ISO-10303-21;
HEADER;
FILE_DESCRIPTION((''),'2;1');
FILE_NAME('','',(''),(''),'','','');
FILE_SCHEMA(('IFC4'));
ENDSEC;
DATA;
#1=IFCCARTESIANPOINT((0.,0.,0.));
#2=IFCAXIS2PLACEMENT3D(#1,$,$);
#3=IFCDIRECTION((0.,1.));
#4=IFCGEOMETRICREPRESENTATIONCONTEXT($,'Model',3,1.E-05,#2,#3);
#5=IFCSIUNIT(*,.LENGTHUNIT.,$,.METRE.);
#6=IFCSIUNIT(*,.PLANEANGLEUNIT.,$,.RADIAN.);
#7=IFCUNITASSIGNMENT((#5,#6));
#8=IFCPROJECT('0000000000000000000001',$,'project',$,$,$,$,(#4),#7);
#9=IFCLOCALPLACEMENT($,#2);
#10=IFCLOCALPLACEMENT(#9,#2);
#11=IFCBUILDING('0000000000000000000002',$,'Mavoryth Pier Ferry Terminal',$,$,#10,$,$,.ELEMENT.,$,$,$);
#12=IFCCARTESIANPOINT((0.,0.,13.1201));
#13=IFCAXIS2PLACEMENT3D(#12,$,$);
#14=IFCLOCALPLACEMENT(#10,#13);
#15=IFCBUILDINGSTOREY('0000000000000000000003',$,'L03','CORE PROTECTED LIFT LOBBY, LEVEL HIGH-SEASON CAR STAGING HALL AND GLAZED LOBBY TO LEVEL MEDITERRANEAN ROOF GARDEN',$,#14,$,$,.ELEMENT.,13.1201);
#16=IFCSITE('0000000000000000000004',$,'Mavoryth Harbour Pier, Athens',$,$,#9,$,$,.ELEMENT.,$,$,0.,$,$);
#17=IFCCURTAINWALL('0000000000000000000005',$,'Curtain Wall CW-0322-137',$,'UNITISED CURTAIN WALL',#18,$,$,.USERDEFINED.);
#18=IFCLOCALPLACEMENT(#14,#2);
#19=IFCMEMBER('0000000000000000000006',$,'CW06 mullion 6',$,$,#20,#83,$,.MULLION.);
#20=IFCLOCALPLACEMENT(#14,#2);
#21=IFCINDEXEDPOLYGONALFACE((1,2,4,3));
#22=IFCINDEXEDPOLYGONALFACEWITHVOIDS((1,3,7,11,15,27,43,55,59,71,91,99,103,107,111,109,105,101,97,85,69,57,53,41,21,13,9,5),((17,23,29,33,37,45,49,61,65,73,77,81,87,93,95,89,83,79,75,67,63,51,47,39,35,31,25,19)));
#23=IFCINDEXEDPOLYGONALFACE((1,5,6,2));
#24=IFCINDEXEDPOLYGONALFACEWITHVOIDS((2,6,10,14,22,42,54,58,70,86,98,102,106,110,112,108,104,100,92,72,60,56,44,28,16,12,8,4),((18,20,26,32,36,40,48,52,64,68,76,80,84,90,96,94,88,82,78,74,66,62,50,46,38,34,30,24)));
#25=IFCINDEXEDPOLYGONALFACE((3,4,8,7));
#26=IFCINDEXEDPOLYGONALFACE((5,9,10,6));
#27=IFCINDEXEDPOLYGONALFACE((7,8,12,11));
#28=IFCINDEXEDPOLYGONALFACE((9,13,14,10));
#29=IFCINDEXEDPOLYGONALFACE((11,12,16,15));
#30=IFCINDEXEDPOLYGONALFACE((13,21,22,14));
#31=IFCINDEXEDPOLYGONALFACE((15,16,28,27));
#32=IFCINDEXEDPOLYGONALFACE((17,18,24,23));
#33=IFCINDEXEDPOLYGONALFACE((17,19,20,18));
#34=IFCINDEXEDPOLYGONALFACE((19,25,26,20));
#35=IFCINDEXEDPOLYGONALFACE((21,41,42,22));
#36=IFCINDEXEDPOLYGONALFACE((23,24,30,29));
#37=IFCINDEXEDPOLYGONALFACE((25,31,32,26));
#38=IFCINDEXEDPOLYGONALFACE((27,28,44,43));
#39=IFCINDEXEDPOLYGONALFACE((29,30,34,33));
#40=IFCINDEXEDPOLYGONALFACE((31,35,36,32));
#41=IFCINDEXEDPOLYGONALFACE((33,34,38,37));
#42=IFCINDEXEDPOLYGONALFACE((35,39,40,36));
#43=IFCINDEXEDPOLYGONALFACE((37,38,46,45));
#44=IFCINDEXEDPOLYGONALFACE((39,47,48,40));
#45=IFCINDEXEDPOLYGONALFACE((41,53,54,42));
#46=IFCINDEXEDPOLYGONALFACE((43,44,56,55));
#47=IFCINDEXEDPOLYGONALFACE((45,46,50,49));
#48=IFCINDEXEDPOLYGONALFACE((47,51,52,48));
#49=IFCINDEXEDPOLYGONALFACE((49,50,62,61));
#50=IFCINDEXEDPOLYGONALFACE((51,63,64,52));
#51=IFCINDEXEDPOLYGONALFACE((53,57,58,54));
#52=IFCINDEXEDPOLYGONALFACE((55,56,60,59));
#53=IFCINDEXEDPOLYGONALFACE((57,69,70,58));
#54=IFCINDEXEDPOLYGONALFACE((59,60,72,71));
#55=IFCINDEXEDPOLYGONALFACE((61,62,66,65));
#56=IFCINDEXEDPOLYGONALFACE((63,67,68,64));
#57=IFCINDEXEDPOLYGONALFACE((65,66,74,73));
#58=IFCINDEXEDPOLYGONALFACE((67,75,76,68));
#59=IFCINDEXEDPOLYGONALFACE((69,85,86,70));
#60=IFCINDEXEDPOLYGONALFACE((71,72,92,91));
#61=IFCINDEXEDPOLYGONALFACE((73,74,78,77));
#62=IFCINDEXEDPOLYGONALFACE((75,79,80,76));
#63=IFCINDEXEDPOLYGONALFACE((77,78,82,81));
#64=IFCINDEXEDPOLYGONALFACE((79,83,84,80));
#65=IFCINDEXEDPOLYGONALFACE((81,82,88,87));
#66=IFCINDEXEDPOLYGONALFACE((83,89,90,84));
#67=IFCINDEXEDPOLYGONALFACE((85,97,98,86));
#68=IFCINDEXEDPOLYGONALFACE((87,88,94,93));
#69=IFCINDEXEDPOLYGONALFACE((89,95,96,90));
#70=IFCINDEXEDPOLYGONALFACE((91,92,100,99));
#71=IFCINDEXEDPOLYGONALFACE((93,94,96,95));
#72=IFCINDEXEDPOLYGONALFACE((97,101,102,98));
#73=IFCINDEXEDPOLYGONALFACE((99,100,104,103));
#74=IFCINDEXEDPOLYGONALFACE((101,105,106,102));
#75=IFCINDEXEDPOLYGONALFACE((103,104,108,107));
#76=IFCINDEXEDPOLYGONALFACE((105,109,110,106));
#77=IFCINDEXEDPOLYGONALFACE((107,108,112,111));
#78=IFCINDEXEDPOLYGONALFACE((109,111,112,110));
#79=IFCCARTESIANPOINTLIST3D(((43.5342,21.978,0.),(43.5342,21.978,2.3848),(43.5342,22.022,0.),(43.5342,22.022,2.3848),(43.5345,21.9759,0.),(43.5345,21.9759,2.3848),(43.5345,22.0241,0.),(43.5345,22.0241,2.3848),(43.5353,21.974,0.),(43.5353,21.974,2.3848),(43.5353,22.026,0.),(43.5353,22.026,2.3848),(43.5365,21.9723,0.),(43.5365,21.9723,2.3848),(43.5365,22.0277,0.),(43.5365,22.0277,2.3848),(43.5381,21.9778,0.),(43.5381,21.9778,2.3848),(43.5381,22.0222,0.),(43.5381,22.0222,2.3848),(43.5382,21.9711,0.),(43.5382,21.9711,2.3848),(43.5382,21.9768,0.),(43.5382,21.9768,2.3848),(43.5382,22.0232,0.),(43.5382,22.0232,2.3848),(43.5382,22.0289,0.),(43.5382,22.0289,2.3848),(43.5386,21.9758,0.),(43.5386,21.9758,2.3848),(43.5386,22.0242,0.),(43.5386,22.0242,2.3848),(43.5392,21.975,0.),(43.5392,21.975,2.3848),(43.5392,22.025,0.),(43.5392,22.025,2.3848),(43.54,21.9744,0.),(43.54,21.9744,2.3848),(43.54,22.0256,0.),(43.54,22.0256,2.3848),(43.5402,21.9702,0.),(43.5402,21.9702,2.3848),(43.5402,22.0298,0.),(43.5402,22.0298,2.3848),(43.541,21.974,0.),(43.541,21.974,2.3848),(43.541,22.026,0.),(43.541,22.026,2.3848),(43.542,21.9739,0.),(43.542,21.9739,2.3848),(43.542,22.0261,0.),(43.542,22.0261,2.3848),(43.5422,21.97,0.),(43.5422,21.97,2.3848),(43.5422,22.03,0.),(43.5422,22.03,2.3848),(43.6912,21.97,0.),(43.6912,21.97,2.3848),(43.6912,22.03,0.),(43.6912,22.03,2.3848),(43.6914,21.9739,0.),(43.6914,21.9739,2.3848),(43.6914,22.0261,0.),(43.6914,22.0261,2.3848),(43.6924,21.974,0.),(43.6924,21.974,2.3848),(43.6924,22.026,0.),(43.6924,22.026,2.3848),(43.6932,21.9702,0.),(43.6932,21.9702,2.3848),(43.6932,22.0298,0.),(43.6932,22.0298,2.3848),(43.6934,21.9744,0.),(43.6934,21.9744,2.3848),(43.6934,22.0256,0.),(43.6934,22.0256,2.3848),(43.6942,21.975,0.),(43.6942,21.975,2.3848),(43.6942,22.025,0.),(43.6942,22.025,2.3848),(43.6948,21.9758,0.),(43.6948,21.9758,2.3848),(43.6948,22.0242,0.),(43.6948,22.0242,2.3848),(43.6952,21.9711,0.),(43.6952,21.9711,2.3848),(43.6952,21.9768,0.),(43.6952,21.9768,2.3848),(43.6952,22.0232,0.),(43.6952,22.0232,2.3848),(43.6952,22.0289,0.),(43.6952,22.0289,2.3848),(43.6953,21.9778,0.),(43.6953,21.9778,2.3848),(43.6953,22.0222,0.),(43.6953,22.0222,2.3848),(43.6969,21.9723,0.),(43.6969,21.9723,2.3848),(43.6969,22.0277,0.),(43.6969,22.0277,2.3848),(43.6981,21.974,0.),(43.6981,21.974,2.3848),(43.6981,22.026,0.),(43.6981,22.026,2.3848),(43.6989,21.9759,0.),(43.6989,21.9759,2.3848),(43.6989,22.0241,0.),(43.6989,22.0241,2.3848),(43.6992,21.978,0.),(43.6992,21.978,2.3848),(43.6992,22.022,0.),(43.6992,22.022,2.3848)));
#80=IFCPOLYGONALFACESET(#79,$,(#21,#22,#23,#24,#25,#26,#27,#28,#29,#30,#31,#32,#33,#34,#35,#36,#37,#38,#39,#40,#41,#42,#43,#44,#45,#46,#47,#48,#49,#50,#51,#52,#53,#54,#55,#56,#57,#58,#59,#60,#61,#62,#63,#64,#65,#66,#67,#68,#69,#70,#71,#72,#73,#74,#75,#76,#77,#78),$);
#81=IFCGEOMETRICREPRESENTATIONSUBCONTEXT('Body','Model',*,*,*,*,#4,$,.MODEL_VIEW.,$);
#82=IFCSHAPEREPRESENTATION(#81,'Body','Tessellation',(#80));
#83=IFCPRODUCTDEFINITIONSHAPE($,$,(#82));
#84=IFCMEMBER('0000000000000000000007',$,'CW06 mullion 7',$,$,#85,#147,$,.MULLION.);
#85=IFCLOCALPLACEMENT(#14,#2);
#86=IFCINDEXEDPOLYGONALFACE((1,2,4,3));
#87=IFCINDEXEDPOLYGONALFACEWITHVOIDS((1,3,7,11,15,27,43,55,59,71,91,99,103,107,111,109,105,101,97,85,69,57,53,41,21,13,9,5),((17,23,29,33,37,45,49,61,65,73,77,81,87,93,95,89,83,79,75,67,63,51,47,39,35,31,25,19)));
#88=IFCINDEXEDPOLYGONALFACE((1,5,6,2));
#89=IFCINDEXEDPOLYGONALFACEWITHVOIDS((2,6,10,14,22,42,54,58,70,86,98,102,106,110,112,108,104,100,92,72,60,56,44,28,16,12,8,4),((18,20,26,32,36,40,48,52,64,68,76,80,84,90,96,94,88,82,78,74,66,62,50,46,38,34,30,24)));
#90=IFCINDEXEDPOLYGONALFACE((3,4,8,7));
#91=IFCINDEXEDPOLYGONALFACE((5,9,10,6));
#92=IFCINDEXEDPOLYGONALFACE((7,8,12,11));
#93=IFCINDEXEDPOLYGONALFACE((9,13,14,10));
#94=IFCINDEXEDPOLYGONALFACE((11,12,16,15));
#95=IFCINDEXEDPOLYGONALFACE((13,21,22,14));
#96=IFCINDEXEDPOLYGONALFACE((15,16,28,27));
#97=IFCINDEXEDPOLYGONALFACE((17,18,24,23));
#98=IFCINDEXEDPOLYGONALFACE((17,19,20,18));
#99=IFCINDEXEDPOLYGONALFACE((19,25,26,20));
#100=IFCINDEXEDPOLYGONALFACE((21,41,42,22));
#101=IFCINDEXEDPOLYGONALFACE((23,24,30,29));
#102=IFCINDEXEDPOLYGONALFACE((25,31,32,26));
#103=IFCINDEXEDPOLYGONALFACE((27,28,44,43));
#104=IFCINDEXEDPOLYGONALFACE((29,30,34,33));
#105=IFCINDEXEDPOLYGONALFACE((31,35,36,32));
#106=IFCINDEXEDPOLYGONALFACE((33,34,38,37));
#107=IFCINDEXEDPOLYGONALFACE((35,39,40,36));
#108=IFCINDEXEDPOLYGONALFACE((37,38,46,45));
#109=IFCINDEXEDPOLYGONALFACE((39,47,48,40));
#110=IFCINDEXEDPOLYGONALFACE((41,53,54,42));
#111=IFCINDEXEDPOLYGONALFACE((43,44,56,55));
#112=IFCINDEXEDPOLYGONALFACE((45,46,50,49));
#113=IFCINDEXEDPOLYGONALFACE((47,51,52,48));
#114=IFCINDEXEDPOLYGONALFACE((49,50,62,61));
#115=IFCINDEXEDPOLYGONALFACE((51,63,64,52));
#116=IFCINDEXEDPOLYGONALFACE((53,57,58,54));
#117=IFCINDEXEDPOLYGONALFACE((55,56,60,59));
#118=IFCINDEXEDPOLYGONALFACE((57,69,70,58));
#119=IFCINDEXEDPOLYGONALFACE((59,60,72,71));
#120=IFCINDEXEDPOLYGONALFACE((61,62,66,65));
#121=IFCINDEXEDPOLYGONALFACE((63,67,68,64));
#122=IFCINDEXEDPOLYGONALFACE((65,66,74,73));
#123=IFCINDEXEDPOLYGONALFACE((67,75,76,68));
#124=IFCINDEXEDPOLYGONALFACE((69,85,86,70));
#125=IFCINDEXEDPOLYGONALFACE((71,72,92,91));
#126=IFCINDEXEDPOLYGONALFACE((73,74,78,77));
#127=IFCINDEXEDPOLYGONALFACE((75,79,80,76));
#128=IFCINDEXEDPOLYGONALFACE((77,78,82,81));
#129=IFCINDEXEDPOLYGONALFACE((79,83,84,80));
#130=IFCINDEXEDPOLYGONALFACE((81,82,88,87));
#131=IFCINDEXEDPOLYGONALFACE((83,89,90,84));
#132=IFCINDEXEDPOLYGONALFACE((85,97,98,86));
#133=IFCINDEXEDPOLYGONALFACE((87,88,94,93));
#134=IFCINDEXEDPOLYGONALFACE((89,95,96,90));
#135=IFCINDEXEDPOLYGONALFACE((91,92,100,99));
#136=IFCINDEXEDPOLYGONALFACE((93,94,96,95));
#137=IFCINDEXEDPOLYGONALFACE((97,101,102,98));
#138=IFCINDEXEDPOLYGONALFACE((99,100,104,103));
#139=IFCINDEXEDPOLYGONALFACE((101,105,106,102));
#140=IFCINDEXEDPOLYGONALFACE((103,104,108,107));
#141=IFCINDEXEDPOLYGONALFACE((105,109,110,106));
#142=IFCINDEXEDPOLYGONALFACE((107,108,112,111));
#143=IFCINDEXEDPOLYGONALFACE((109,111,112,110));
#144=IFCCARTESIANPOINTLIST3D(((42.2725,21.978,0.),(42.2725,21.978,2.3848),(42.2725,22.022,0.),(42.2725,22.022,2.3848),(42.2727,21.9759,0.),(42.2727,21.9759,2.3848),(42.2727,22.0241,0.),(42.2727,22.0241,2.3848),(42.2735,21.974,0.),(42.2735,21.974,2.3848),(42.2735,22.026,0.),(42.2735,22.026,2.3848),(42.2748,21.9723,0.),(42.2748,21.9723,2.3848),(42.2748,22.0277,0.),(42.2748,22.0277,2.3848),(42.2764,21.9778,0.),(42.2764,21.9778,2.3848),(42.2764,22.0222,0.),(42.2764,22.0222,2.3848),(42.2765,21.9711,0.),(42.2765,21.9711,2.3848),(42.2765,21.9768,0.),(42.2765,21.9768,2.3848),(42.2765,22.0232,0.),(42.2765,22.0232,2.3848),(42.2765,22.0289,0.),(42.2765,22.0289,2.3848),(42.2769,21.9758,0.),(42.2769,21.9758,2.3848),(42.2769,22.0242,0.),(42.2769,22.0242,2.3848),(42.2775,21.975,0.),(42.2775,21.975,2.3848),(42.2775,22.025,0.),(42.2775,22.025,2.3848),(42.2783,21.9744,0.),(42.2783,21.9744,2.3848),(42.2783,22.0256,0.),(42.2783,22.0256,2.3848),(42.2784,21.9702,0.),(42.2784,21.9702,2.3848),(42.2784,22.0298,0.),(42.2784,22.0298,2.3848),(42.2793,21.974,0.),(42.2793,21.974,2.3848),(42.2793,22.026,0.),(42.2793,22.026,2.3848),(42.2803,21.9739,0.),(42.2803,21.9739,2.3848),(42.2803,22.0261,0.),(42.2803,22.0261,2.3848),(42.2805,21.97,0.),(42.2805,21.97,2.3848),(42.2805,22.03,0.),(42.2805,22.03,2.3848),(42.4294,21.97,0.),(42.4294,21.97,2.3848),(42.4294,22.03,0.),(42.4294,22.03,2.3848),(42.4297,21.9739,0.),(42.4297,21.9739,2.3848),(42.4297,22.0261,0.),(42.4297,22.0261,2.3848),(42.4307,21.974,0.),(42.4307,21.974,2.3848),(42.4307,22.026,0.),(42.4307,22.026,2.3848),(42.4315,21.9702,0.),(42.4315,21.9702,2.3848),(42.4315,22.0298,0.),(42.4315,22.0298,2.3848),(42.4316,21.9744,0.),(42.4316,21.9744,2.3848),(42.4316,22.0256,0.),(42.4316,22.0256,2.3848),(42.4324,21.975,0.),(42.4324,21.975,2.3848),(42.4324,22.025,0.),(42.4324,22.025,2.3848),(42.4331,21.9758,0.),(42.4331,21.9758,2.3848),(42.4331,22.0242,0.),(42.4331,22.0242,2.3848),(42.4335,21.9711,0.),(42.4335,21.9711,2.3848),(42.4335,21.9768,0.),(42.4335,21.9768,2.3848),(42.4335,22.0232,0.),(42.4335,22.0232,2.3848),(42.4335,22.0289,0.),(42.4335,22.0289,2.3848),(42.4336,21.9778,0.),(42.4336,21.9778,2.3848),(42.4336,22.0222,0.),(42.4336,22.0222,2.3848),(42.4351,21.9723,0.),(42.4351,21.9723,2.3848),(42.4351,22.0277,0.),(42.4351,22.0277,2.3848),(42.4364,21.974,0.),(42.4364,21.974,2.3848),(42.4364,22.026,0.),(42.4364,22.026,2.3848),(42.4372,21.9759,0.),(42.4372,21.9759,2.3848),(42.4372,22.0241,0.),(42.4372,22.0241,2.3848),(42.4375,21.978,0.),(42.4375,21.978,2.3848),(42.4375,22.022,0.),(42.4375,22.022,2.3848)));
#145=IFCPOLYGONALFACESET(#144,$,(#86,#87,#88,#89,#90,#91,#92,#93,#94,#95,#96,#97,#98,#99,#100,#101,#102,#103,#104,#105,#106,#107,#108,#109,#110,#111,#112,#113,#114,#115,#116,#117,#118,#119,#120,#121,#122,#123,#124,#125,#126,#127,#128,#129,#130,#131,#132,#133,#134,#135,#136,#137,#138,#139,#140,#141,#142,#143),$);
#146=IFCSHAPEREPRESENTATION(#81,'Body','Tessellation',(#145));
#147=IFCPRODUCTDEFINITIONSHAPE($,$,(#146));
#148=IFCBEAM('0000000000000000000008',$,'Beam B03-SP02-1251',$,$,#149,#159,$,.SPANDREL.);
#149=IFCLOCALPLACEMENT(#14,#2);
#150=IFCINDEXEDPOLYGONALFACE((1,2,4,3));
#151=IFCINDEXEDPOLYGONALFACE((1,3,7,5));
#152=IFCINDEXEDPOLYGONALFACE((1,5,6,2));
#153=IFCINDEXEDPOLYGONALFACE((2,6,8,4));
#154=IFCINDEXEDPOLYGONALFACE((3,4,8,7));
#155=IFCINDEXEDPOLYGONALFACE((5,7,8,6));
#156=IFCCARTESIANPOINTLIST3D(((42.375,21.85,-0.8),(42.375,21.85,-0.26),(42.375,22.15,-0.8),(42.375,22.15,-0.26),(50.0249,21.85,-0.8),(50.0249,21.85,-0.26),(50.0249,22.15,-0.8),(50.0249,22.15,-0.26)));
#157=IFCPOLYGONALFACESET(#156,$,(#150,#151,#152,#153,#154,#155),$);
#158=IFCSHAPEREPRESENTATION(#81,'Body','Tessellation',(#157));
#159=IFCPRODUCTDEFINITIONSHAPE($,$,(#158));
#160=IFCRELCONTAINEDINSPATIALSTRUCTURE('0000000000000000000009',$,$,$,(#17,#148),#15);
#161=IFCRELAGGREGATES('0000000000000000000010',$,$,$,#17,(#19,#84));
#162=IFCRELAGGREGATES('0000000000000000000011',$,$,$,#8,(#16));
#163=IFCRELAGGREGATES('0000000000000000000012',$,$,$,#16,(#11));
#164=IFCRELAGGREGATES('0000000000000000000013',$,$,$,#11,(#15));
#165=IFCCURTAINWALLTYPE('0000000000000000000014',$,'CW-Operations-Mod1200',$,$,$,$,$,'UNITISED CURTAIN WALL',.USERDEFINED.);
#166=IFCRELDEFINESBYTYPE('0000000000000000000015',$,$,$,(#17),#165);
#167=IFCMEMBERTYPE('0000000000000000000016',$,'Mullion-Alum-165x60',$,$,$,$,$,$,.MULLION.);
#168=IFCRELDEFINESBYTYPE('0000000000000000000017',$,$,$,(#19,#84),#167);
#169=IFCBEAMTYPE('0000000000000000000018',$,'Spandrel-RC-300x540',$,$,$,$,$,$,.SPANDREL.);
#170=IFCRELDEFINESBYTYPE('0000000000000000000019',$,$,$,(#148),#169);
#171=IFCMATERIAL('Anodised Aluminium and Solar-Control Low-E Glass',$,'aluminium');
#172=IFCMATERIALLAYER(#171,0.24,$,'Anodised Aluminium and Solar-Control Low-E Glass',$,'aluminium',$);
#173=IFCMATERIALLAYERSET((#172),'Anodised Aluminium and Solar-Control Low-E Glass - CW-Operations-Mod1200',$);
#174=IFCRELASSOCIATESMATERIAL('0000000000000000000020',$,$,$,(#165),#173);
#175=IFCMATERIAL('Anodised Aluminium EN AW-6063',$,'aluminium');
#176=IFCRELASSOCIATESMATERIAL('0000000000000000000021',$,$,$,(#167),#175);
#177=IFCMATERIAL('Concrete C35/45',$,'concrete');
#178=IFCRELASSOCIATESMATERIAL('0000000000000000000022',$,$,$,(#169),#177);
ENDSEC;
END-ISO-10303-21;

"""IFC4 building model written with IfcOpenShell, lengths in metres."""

from ifc_helpers import new_model, si_unit, direction, frame, origin, origin_2d, place, context, subcontext, project, spatial, rectangle, hollow_rectangle, extrude, material, layer, layer_set, material_profile, profile_set, type_object, element, aggregate, save


model = new_model("IFC4")

# Units and contexts
model_context = context("Model", 3, precision=1e-05, world=origin(), true_north=direction((0.0, 1.0)))
body_context = subcontext(model_context, "Body", "Model", "MODEL_VIEW")
ifc_project = project(units=[si_unit("LENGTHUNIT", "METRE"), si_unit("PLANEANGLEUNIT", "RADIAN")], contexts=[model_context])

# Site, building, storey
site_placement = place(None, origin())
site = spatial("IfcSite", under=ifc_project, at=site_placement, Name="Mavoryth Harbour Pier, Athens", CompositionType="ELEMENT", RefElevation=0.0)
building_placement = place(site_placement, origin())
building = spatial("IfcBuilding", under=site, at=building_placement, Name="Mavoryth Pier Ferry Terminal", CompositionType="ELEMENT")
storey_placement = place(building_placement, frame((0.0, 0.0, 13.1201)))
storey = spatial("IfcBuildingStorey", under=building, at=storey_placement, Name="L03", Description="CORE PROTECTED LIFT LOBBY, LEVEL HIGH-SEASON CAR STAGING HALL AND GLAZED LOBBY TO LEVEL MEDITERRANEAN ROOF GARDEN", CompositionType="ELEMENT", Elevation=13.1201)

# Shared definitions
ifc_material_1 = material(Name="Concrete C35/45", Category="concrete")

# Curtain wall, members
ifc_material_2 = material(Name="Anodised Aluminium and Solar-Control Low-E Glass", Category="aluminium")
ifc_layer_1 = layer(ifc_material_2, 0.24, Name="Anodised Aluminium and Solar-Control Low-E Glass", Category="aluminium")
ifc_layer_set_1 = layer_set([ifc_layer_1], Name="Anodised Aluminium and Solar-Control Low-E Glass - CW-Operations-Mod1200")
curtain_wall_type = type_object("IfcCurtainWallType", Name="CW-Operations-Mod1200", ElementType="UNITISED CURTAIN WALL", PredefinedType="USERDEFINED", material=ifc_layer_set_1)
curtain_wall_1_placement = place(storey_placement, origin())
curtain_wall_1 = element("IfcCurtainWall", 1, at=curtain_wall_1_placement, inside=storey, type_object=curtain_wall_type, Name="Curtain Wall CW-0322-137", ObjectType="UNITISED CURTAIN WALL", PredefinedType="USERDEFINED")
ifc_material_3 = material(Name="Anodised Aluminium EN AW-6063", Category="aluminium")
ifc_material_profile_1 = material_profile(ifc_material_3, hollow_rectangle(XDim=0.0601, YDim=0.165, WallThickness=0.0039, InnerFilletRadius=0.0039, OuterFilletRadius=0.0081, at=origin_2d()), Name="AL-MULL 165x60x4", Category="aluminium")
ifc_profile_set_1 = profile_set([ifc_material_profile_1], Name="Anodised Aluminium EN AW-6063 - AL-MULL 165x60x4")
member_type_1 = type_object("IfcMemberType", Name="Mullion-Alum-165x60", PredefinedType="MULLION", material=ifc_profile_set_1)
member_1_placement = place(storey_placement, frame((43.6167, 22.0, 0.0), z_axis=(0.0, 0.0, 1.0), x_axis=(0.0, -1.0, 0.0)))
member_1 = element("IfcMember", 2, at=member_1_placement, type_object=member_type_1, Name="CW06 mullion 6", PredefinedType="MULLION", context=body_context, shape_type="SweptSolid", body=[
    extrude(hollow_rectangle(XDim=0.0601, YDim=0.165, WallThickness=0.0039, InnerFilletRadius=0.0039, OuterFilletRadius=0.0081, at=origin_2d()), origin(), (0.0, 0.0, 1.0), 2.3848),
])
member_2_placement = place(storey_placement, frame((42.355, 22.0, 0.0), z_axis=(0.0, 0.0, 1.0), x_axis=(0.0, -1.0, 0.0)))
member_2 = element("IfcMember", 3, at=member_2_placement, type_object=member_type_1, Name="CW06 mullion 7", PredefinedType="MULLION", context=body_context, shape_type="SweptSolid", body=[
    extrude(hollow_rectangle(XDim=0.0601, YDim=0.165, WallThickness=0.0039, InnerFilletRadius=0.0039, OuterFilletRadius=0.0081, at=origin_2d()), origin(), (0.0, 0.0, 1.0), 2.3848),
])

# Beam
ifc_material_profile_2 = material_profile(ifc_material_1, rectangle(XDim=0.3, YDim=0.54, at=origin_2d()), Name="RC 300x540", Category="concrete")
ifc_profile_set_2 = profile_set([ifc_material_profile_2], Name="Concrete C35/45 - RC 300x540")
beam_type_1 = type_object("IfcBeamType", Name="Spandrel-RC-300x540", PredefinedType="SPANDREL", material=ifc_profile_set_2)
beam_1_placement = place(storey_placement, frame((42.375, 22.0, -0.53), z_axis=(1.0, 0.0, 0.0), x_axis=(0.0, 1.0, 0.0)))
element("IfcBeam", 4, at=beam_1_placement, inside=storey, type_object=beam_type_1, Name="Beam B03-SP02-1251", PredefinedType="SPANDREL", context=body_context, shape_type="SweptSolid", body=[
    extrude(rectangle(XDim=0.3, YDim=0.54, at=origin_2d()), origin(), (0.0, 0.0, 1.0), 7.6499),
])

aggregate(curtain_wall_1, [member_1, member_2])

save(model, "model.ifc")
